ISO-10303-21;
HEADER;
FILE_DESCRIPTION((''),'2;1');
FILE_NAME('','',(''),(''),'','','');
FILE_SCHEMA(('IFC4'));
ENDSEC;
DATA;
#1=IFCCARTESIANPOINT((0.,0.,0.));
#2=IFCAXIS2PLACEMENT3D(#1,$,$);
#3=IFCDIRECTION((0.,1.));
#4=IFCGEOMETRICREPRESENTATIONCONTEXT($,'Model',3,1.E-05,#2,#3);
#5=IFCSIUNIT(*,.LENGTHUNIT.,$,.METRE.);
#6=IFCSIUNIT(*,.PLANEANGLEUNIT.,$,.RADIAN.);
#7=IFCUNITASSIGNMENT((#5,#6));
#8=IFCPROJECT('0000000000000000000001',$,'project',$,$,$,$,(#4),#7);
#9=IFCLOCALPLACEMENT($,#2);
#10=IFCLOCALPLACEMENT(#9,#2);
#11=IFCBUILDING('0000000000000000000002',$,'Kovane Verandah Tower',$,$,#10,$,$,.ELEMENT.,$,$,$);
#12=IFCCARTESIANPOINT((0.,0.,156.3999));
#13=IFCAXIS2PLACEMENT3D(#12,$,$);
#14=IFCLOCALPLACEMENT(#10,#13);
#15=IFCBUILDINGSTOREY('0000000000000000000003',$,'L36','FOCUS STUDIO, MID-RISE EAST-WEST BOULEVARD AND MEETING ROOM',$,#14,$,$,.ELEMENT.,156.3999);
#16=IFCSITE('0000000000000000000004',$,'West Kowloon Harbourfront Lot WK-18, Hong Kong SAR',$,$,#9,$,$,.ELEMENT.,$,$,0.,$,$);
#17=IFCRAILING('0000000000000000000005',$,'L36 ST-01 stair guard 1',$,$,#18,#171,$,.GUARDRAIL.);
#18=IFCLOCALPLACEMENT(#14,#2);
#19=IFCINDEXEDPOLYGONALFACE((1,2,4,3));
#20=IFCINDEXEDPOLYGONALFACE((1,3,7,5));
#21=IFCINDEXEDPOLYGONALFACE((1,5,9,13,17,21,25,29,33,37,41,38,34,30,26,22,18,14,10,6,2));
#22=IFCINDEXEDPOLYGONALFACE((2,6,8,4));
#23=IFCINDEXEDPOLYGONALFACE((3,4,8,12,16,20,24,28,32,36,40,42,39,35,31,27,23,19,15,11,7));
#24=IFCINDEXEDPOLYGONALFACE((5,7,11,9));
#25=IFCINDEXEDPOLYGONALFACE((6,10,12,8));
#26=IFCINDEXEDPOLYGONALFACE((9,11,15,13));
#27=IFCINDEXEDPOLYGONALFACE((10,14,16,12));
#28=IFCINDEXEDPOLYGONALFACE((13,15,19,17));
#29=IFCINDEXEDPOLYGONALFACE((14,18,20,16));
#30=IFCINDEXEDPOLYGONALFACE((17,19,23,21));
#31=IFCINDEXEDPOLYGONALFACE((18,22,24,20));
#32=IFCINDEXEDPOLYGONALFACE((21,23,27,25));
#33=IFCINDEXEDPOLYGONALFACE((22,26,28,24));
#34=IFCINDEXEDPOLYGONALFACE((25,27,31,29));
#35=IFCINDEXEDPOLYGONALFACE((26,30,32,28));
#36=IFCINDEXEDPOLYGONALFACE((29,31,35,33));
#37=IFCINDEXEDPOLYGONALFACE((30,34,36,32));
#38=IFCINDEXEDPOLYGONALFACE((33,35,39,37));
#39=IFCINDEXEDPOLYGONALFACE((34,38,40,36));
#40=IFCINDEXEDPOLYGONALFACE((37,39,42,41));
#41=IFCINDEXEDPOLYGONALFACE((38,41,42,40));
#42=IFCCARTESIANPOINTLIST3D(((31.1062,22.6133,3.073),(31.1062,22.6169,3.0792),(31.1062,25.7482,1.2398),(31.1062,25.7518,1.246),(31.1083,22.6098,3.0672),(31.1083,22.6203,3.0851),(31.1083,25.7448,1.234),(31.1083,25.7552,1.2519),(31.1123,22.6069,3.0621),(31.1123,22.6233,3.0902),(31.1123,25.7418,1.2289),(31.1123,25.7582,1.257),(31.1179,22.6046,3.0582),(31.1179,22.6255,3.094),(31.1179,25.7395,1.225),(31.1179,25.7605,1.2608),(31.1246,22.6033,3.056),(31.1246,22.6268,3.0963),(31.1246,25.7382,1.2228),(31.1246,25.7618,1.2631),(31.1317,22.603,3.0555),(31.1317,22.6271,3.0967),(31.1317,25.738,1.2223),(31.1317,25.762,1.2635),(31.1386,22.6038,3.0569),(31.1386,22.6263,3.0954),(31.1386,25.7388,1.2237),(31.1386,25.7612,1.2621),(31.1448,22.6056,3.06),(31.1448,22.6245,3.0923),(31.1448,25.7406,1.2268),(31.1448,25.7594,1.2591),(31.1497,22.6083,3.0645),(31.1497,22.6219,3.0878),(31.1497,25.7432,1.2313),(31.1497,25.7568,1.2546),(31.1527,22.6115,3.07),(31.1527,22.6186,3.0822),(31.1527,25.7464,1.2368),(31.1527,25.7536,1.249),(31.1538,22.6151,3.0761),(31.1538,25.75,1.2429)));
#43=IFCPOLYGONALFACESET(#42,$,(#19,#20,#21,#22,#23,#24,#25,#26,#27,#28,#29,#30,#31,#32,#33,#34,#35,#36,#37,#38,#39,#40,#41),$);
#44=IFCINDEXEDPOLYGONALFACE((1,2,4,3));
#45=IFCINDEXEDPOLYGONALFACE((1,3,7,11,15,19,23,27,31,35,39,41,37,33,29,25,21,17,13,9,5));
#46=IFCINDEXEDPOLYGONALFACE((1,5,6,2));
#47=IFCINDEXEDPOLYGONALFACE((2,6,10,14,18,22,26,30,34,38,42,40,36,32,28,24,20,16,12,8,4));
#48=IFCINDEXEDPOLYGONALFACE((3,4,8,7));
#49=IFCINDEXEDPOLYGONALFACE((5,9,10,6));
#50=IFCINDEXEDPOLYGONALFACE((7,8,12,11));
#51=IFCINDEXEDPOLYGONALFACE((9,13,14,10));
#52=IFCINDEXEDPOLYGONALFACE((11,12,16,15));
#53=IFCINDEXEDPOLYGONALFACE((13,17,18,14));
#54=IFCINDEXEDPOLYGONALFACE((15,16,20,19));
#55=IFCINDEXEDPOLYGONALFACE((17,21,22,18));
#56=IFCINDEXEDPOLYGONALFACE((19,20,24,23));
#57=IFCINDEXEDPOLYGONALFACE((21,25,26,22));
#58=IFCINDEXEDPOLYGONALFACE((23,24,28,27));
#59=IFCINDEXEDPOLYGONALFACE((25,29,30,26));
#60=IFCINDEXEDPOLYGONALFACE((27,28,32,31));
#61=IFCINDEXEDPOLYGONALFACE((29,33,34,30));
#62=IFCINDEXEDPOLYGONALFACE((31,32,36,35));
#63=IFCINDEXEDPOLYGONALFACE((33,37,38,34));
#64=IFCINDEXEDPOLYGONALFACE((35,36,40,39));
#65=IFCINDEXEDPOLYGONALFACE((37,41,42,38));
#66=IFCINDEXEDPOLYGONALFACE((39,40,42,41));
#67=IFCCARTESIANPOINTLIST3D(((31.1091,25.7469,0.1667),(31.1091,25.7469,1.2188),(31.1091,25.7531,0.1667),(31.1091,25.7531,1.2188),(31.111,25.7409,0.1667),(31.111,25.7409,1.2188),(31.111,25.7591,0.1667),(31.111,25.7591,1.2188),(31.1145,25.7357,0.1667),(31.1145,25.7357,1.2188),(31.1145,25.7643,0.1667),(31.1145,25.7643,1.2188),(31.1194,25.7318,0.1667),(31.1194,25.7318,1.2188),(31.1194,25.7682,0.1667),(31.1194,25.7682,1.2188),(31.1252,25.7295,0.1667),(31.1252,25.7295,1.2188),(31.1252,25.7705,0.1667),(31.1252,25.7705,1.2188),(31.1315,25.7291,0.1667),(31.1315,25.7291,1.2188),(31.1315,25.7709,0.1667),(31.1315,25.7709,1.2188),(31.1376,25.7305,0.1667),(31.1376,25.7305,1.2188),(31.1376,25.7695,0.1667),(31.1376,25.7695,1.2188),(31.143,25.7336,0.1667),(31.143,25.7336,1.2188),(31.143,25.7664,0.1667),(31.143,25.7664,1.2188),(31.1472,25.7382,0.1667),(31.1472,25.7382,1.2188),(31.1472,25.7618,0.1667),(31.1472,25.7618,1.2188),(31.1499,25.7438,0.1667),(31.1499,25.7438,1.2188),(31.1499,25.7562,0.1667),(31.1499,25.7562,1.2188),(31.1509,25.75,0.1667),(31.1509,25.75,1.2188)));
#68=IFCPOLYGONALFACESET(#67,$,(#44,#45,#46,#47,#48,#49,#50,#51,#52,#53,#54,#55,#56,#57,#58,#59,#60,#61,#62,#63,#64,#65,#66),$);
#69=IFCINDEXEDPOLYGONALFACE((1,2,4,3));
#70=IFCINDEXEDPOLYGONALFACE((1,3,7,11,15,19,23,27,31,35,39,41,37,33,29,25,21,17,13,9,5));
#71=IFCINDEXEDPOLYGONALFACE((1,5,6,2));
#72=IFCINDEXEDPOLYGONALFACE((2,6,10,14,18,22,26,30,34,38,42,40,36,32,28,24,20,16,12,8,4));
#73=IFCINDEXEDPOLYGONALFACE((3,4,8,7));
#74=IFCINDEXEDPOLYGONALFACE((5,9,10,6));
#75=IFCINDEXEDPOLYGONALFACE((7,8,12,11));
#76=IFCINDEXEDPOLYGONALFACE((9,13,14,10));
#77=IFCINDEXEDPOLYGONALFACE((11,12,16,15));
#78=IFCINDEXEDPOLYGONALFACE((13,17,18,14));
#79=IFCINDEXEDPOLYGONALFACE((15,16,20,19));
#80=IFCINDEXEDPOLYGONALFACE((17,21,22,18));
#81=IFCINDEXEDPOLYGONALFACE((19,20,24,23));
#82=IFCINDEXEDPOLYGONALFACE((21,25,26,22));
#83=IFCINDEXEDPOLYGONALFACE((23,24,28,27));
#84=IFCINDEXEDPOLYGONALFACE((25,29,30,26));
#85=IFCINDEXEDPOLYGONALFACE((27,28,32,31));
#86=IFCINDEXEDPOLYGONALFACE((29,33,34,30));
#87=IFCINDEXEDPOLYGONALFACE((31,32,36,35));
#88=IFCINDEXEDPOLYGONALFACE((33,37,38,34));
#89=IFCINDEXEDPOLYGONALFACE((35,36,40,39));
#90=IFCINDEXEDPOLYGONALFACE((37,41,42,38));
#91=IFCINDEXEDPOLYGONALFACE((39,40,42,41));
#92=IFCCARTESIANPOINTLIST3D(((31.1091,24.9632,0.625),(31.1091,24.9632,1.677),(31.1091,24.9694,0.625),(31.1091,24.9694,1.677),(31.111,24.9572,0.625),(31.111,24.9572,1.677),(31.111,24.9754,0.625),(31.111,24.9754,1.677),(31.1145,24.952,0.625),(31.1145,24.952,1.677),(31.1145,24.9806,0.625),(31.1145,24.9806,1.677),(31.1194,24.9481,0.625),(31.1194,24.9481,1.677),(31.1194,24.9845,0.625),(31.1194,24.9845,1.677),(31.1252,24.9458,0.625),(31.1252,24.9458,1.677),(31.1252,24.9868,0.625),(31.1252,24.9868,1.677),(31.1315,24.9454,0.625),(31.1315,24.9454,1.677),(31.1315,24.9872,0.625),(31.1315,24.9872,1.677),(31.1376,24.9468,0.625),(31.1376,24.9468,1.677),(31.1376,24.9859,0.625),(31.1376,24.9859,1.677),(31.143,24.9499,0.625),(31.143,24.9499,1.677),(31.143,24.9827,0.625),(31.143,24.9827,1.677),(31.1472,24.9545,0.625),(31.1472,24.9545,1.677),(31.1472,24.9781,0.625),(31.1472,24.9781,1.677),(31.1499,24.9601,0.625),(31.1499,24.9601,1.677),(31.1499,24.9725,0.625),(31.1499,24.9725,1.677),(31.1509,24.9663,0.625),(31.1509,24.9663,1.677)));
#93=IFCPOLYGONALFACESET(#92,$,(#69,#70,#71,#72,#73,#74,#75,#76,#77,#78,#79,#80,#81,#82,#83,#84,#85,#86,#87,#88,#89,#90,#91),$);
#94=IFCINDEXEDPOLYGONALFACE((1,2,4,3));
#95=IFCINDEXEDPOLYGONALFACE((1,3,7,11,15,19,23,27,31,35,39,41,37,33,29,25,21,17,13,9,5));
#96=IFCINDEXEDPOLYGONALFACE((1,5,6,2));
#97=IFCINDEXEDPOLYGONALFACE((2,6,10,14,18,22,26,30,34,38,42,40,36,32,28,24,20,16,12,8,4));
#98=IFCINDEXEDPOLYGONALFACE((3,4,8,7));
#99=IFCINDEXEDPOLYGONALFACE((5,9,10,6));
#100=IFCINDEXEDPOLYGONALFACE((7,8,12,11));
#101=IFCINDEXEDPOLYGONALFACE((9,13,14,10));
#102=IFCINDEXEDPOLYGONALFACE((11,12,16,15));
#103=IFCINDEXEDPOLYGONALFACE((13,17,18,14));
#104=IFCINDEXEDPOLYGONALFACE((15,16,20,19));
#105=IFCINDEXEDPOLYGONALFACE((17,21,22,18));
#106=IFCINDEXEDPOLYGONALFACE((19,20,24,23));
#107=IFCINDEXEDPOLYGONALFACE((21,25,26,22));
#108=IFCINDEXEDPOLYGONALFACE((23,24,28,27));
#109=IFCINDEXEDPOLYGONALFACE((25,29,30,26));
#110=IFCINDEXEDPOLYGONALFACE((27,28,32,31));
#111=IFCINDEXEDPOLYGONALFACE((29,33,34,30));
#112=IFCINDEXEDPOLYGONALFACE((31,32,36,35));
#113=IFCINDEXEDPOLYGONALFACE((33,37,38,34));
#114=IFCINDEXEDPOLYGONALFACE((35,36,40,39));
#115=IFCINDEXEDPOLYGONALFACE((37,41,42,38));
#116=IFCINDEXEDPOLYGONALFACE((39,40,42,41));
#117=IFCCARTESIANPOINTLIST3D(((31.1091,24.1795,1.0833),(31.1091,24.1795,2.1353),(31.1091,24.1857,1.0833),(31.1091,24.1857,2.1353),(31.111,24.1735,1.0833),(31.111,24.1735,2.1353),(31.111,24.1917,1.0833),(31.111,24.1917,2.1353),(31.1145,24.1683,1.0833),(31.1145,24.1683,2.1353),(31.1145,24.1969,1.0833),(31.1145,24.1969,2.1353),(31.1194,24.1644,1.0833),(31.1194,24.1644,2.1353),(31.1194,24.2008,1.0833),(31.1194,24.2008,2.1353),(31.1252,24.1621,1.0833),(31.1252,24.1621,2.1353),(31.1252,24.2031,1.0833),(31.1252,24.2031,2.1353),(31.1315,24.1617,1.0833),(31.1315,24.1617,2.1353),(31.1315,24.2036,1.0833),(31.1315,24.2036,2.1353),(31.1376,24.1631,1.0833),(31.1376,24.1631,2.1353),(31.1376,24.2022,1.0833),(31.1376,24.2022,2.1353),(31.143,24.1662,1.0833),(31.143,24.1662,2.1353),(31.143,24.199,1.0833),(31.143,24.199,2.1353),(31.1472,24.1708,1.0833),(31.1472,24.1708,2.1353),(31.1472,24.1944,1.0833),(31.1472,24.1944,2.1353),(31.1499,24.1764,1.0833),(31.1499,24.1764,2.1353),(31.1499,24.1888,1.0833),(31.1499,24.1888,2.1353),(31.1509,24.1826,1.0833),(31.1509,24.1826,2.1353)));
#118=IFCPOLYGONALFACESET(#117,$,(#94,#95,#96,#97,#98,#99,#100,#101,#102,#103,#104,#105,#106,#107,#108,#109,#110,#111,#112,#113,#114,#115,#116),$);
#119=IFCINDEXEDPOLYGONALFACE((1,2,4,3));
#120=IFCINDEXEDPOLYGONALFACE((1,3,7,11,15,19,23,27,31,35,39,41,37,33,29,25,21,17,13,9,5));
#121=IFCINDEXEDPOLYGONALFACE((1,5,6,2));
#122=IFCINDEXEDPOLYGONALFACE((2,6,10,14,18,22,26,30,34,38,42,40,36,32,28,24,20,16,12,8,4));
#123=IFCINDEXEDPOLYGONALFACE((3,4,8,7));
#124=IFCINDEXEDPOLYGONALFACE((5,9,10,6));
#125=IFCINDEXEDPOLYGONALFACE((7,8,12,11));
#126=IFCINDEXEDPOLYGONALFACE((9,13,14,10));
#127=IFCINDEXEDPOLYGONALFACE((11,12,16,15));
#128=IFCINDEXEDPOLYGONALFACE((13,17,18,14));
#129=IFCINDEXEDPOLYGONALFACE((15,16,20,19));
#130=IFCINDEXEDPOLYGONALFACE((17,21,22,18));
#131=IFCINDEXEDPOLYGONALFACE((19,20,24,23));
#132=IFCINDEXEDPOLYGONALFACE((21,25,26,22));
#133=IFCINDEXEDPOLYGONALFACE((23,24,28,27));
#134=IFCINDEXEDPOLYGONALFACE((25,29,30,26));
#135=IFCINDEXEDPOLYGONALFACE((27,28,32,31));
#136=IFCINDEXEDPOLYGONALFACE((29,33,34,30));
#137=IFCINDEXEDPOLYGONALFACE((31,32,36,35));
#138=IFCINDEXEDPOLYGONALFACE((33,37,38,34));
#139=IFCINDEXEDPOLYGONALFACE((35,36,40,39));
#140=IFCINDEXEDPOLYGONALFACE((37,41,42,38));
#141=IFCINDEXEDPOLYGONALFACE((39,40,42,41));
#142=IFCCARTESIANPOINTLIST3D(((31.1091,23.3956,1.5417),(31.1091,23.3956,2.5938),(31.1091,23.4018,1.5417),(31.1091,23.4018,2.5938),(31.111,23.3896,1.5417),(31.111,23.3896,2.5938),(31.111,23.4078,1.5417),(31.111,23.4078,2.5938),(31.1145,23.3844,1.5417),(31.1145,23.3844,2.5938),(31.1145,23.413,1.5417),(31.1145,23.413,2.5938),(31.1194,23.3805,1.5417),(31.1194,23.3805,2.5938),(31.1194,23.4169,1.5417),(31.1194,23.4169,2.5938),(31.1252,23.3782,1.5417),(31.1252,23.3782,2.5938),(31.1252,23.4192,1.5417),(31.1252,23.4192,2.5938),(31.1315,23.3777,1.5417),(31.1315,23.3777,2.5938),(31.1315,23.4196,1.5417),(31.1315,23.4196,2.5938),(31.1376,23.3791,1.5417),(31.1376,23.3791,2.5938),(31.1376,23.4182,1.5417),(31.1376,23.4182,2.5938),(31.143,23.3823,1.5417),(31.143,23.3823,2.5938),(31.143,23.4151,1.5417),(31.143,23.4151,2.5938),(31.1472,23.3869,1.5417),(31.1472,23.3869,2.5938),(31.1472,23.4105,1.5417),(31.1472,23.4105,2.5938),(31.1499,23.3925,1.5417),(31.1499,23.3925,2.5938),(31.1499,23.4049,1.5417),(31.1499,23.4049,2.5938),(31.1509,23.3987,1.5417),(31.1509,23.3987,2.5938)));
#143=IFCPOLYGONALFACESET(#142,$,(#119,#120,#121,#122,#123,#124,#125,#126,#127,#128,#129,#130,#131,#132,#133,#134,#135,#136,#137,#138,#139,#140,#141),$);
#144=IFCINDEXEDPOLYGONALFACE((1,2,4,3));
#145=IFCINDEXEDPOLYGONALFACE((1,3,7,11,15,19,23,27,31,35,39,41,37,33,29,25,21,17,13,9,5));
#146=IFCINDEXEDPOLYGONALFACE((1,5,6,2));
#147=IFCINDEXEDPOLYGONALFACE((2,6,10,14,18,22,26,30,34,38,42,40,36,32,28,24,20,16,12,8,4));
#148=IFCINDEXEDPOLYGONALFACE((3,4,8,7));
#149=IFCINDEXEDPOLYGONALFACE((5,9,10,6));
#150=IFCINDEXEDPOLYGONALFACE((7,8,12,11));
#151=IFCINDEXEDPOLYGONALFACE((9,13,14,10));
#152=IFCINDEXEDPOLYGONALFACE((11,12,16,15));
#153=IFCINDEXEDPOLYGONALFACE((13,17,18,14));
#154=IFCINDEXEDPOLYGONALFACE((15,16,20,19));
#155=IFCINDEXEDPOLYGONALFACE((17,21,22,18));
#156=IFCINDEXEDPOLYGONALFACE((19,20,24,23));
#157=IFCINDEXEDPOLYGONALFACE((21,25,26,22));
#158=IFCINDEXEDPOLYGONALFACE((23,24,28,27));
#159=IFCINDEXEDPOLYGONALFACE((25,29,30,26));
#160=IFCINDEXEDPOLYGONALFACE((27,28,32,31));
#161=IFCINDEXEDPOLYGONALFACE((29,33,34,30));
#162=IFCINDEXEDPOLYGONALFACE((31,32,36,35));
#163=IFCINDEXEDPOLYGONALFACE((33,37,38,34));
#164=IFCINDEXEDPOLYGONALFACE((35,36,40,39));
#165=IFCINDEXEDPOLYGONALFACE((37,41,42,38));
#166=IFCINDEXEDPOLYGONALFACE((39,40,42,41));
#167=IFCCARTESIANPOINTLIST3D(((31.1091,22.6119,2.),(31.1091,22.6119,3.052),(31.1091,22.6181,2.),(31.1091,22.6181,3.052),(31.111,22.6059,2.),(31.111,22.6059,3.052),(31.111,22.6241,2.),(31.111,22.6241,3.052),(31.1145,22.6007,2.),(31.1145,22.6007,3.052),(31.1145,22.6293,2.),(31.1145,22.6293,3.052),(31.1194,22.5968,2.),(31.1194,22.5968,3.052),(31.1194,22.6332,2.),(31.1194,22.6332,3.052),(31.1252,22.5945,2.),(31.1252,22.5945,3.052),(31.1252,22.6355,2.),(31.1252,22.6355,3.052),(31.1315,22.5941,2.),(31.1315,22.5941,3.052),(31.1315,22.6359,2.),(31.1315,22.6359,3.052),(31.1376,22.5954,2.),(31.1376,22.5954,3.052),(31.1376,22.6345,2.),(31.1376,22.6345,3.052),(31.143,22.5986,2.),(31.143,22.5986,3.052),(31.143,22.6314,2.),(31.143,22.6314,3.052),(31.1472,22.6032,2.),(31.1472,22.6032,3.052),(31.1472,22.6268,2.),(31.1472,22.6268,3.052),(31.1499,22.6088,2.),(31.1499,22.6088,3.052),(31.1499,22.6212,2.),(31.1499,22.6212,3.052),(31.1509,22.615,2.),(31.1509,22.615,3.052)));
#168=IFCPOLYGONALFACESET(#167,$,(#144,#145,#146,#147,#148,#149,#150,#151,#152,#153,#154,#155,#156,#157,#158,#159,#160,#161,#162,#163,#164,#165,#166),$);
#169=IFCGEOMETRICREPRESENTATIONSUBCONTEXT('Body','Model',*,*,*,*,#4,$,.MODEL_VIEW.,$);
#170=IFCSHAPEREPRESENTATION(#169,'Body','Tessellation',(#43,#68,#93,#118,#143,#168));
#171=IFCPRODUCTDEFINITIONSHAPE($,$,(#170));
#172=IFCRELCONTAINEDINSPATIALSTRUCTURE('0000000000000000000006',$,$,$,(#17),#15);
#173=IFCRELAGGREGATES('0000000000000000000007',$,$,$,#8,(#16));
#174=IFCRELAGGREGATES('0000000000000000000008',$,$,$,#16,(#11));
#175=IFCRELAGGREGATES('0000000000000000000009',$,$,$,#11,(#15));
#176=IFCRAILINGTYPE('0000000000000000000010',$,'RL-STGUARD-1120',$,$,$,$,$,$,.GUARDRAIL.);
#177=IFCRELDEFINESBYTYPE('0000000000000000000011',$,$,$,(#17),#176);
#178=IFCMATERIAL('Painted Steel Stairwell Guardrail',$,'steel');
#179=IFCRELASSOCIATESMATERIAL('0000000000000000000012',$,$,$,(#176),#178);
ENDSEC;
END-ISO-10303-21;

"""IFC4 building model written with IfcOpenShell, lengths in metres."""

from ifc_helpers import new_model, si_unit, direction, frame, origin, origin_2d, place, context, subcontext, project, spatial, circle, extrude, material, type_object, element, save


model = new_model("IFC4")

# Units and contexts
model_context = context("Model", 3, precision=1e-05, world=origin(), true_north=direction((0.0, 1.0)))
body_context = subcontext(model_context, "Body", "Model", "MODEL_VIEW")
ifc_project = project(units=[si_unit("LENGTHUNIT", "METRE"), si_unit("PLANEANGLEUNIT", "RADIAN")], contexts=[model_context])

# Site, building, storey
site_placement = place(None, origin())
site = spatial("IfcSite", under=ifc_project, at=site_placement, Name="West Kowloon Harbourfront Lot WK-18, Hong Kong SAR", CompositionType="ELEMENT", RefElevation=0.0)
building_placement = place(site_placement, origin())
building = spatial("IfcBuilding", under=site, at=building_placement, Name="Kovane Verandah Tower", CompositionType="ELEMENT")
storey_placement = place(building_placement, frame((0.0, 0.0, 156.3999)))
storey = spatial("IfcBuildingStorey", under=building, at=storey_placement, Name="L36", Description="FOCUS STUDIO, MID-RISE EAST-WEST BOULEVARD AND MEETING ROOM", CompositionType="ELEMENT", Elevation=156.3999)

# Railing
ifc_material_1 = material(Name="Painted Steel Stairwell Guardrail", Category="steel")
railing_type_1 = type_object("IfcRailingType", Name="RL-STGUARD-1120", PredefinedType="GUARDRAIL", material=ifc_material_1)
railing_1_placement = place(storey_placement, frame((31.1299, 25.75, 0.1667)))
element("IfcRailing", 1, at=railing_1_placement, inside=storey, type_object=railing_type_1, Name="L36 ST-01 stair guard 1", PredefinedType="GUARDRAIL", context=body_context, shape_type="SweptSolid", body=[
    extrude(circle(Radius=0.0239, at=origin_2d()), frame((0.0, 0.0, 1.0762), z_axis=(0.0, -0.86324, 0.504794), x_axis=(1.0, 0.0, 0.0)), (0.0, 0.0, 1.0), 3.6316),
    extrude(circle(Radius=0.021, at=origin_2d()), origin(), (0.0, 0.0, 1.0), 1.052),
    extrude(circle(Radius=0.021, at=origin_2d()), frame((0.0, -0.7837, 0.4583)), (0.0, 0.0, 1.0), 1.052),
    extrude(circle(Radius=0.021, at=origin_2d()), frame((0.0, -1.5674, 0.9165)), (0.0, 0.0, 1.0), 1.052),
    extrude(circle(Radius=0.021, at=origin_2d()), frame((0.0, -2.3513, 1.375)), (0.0, 0.0, 1.0), 1.052),
    extrude(circle(Radius=0.021, at=origin_2d()), frame((0.0, -3.135, 1.8333)), (0.0, 0.0, 1.0), 1.052),
])

save(model, "model.ifc")
